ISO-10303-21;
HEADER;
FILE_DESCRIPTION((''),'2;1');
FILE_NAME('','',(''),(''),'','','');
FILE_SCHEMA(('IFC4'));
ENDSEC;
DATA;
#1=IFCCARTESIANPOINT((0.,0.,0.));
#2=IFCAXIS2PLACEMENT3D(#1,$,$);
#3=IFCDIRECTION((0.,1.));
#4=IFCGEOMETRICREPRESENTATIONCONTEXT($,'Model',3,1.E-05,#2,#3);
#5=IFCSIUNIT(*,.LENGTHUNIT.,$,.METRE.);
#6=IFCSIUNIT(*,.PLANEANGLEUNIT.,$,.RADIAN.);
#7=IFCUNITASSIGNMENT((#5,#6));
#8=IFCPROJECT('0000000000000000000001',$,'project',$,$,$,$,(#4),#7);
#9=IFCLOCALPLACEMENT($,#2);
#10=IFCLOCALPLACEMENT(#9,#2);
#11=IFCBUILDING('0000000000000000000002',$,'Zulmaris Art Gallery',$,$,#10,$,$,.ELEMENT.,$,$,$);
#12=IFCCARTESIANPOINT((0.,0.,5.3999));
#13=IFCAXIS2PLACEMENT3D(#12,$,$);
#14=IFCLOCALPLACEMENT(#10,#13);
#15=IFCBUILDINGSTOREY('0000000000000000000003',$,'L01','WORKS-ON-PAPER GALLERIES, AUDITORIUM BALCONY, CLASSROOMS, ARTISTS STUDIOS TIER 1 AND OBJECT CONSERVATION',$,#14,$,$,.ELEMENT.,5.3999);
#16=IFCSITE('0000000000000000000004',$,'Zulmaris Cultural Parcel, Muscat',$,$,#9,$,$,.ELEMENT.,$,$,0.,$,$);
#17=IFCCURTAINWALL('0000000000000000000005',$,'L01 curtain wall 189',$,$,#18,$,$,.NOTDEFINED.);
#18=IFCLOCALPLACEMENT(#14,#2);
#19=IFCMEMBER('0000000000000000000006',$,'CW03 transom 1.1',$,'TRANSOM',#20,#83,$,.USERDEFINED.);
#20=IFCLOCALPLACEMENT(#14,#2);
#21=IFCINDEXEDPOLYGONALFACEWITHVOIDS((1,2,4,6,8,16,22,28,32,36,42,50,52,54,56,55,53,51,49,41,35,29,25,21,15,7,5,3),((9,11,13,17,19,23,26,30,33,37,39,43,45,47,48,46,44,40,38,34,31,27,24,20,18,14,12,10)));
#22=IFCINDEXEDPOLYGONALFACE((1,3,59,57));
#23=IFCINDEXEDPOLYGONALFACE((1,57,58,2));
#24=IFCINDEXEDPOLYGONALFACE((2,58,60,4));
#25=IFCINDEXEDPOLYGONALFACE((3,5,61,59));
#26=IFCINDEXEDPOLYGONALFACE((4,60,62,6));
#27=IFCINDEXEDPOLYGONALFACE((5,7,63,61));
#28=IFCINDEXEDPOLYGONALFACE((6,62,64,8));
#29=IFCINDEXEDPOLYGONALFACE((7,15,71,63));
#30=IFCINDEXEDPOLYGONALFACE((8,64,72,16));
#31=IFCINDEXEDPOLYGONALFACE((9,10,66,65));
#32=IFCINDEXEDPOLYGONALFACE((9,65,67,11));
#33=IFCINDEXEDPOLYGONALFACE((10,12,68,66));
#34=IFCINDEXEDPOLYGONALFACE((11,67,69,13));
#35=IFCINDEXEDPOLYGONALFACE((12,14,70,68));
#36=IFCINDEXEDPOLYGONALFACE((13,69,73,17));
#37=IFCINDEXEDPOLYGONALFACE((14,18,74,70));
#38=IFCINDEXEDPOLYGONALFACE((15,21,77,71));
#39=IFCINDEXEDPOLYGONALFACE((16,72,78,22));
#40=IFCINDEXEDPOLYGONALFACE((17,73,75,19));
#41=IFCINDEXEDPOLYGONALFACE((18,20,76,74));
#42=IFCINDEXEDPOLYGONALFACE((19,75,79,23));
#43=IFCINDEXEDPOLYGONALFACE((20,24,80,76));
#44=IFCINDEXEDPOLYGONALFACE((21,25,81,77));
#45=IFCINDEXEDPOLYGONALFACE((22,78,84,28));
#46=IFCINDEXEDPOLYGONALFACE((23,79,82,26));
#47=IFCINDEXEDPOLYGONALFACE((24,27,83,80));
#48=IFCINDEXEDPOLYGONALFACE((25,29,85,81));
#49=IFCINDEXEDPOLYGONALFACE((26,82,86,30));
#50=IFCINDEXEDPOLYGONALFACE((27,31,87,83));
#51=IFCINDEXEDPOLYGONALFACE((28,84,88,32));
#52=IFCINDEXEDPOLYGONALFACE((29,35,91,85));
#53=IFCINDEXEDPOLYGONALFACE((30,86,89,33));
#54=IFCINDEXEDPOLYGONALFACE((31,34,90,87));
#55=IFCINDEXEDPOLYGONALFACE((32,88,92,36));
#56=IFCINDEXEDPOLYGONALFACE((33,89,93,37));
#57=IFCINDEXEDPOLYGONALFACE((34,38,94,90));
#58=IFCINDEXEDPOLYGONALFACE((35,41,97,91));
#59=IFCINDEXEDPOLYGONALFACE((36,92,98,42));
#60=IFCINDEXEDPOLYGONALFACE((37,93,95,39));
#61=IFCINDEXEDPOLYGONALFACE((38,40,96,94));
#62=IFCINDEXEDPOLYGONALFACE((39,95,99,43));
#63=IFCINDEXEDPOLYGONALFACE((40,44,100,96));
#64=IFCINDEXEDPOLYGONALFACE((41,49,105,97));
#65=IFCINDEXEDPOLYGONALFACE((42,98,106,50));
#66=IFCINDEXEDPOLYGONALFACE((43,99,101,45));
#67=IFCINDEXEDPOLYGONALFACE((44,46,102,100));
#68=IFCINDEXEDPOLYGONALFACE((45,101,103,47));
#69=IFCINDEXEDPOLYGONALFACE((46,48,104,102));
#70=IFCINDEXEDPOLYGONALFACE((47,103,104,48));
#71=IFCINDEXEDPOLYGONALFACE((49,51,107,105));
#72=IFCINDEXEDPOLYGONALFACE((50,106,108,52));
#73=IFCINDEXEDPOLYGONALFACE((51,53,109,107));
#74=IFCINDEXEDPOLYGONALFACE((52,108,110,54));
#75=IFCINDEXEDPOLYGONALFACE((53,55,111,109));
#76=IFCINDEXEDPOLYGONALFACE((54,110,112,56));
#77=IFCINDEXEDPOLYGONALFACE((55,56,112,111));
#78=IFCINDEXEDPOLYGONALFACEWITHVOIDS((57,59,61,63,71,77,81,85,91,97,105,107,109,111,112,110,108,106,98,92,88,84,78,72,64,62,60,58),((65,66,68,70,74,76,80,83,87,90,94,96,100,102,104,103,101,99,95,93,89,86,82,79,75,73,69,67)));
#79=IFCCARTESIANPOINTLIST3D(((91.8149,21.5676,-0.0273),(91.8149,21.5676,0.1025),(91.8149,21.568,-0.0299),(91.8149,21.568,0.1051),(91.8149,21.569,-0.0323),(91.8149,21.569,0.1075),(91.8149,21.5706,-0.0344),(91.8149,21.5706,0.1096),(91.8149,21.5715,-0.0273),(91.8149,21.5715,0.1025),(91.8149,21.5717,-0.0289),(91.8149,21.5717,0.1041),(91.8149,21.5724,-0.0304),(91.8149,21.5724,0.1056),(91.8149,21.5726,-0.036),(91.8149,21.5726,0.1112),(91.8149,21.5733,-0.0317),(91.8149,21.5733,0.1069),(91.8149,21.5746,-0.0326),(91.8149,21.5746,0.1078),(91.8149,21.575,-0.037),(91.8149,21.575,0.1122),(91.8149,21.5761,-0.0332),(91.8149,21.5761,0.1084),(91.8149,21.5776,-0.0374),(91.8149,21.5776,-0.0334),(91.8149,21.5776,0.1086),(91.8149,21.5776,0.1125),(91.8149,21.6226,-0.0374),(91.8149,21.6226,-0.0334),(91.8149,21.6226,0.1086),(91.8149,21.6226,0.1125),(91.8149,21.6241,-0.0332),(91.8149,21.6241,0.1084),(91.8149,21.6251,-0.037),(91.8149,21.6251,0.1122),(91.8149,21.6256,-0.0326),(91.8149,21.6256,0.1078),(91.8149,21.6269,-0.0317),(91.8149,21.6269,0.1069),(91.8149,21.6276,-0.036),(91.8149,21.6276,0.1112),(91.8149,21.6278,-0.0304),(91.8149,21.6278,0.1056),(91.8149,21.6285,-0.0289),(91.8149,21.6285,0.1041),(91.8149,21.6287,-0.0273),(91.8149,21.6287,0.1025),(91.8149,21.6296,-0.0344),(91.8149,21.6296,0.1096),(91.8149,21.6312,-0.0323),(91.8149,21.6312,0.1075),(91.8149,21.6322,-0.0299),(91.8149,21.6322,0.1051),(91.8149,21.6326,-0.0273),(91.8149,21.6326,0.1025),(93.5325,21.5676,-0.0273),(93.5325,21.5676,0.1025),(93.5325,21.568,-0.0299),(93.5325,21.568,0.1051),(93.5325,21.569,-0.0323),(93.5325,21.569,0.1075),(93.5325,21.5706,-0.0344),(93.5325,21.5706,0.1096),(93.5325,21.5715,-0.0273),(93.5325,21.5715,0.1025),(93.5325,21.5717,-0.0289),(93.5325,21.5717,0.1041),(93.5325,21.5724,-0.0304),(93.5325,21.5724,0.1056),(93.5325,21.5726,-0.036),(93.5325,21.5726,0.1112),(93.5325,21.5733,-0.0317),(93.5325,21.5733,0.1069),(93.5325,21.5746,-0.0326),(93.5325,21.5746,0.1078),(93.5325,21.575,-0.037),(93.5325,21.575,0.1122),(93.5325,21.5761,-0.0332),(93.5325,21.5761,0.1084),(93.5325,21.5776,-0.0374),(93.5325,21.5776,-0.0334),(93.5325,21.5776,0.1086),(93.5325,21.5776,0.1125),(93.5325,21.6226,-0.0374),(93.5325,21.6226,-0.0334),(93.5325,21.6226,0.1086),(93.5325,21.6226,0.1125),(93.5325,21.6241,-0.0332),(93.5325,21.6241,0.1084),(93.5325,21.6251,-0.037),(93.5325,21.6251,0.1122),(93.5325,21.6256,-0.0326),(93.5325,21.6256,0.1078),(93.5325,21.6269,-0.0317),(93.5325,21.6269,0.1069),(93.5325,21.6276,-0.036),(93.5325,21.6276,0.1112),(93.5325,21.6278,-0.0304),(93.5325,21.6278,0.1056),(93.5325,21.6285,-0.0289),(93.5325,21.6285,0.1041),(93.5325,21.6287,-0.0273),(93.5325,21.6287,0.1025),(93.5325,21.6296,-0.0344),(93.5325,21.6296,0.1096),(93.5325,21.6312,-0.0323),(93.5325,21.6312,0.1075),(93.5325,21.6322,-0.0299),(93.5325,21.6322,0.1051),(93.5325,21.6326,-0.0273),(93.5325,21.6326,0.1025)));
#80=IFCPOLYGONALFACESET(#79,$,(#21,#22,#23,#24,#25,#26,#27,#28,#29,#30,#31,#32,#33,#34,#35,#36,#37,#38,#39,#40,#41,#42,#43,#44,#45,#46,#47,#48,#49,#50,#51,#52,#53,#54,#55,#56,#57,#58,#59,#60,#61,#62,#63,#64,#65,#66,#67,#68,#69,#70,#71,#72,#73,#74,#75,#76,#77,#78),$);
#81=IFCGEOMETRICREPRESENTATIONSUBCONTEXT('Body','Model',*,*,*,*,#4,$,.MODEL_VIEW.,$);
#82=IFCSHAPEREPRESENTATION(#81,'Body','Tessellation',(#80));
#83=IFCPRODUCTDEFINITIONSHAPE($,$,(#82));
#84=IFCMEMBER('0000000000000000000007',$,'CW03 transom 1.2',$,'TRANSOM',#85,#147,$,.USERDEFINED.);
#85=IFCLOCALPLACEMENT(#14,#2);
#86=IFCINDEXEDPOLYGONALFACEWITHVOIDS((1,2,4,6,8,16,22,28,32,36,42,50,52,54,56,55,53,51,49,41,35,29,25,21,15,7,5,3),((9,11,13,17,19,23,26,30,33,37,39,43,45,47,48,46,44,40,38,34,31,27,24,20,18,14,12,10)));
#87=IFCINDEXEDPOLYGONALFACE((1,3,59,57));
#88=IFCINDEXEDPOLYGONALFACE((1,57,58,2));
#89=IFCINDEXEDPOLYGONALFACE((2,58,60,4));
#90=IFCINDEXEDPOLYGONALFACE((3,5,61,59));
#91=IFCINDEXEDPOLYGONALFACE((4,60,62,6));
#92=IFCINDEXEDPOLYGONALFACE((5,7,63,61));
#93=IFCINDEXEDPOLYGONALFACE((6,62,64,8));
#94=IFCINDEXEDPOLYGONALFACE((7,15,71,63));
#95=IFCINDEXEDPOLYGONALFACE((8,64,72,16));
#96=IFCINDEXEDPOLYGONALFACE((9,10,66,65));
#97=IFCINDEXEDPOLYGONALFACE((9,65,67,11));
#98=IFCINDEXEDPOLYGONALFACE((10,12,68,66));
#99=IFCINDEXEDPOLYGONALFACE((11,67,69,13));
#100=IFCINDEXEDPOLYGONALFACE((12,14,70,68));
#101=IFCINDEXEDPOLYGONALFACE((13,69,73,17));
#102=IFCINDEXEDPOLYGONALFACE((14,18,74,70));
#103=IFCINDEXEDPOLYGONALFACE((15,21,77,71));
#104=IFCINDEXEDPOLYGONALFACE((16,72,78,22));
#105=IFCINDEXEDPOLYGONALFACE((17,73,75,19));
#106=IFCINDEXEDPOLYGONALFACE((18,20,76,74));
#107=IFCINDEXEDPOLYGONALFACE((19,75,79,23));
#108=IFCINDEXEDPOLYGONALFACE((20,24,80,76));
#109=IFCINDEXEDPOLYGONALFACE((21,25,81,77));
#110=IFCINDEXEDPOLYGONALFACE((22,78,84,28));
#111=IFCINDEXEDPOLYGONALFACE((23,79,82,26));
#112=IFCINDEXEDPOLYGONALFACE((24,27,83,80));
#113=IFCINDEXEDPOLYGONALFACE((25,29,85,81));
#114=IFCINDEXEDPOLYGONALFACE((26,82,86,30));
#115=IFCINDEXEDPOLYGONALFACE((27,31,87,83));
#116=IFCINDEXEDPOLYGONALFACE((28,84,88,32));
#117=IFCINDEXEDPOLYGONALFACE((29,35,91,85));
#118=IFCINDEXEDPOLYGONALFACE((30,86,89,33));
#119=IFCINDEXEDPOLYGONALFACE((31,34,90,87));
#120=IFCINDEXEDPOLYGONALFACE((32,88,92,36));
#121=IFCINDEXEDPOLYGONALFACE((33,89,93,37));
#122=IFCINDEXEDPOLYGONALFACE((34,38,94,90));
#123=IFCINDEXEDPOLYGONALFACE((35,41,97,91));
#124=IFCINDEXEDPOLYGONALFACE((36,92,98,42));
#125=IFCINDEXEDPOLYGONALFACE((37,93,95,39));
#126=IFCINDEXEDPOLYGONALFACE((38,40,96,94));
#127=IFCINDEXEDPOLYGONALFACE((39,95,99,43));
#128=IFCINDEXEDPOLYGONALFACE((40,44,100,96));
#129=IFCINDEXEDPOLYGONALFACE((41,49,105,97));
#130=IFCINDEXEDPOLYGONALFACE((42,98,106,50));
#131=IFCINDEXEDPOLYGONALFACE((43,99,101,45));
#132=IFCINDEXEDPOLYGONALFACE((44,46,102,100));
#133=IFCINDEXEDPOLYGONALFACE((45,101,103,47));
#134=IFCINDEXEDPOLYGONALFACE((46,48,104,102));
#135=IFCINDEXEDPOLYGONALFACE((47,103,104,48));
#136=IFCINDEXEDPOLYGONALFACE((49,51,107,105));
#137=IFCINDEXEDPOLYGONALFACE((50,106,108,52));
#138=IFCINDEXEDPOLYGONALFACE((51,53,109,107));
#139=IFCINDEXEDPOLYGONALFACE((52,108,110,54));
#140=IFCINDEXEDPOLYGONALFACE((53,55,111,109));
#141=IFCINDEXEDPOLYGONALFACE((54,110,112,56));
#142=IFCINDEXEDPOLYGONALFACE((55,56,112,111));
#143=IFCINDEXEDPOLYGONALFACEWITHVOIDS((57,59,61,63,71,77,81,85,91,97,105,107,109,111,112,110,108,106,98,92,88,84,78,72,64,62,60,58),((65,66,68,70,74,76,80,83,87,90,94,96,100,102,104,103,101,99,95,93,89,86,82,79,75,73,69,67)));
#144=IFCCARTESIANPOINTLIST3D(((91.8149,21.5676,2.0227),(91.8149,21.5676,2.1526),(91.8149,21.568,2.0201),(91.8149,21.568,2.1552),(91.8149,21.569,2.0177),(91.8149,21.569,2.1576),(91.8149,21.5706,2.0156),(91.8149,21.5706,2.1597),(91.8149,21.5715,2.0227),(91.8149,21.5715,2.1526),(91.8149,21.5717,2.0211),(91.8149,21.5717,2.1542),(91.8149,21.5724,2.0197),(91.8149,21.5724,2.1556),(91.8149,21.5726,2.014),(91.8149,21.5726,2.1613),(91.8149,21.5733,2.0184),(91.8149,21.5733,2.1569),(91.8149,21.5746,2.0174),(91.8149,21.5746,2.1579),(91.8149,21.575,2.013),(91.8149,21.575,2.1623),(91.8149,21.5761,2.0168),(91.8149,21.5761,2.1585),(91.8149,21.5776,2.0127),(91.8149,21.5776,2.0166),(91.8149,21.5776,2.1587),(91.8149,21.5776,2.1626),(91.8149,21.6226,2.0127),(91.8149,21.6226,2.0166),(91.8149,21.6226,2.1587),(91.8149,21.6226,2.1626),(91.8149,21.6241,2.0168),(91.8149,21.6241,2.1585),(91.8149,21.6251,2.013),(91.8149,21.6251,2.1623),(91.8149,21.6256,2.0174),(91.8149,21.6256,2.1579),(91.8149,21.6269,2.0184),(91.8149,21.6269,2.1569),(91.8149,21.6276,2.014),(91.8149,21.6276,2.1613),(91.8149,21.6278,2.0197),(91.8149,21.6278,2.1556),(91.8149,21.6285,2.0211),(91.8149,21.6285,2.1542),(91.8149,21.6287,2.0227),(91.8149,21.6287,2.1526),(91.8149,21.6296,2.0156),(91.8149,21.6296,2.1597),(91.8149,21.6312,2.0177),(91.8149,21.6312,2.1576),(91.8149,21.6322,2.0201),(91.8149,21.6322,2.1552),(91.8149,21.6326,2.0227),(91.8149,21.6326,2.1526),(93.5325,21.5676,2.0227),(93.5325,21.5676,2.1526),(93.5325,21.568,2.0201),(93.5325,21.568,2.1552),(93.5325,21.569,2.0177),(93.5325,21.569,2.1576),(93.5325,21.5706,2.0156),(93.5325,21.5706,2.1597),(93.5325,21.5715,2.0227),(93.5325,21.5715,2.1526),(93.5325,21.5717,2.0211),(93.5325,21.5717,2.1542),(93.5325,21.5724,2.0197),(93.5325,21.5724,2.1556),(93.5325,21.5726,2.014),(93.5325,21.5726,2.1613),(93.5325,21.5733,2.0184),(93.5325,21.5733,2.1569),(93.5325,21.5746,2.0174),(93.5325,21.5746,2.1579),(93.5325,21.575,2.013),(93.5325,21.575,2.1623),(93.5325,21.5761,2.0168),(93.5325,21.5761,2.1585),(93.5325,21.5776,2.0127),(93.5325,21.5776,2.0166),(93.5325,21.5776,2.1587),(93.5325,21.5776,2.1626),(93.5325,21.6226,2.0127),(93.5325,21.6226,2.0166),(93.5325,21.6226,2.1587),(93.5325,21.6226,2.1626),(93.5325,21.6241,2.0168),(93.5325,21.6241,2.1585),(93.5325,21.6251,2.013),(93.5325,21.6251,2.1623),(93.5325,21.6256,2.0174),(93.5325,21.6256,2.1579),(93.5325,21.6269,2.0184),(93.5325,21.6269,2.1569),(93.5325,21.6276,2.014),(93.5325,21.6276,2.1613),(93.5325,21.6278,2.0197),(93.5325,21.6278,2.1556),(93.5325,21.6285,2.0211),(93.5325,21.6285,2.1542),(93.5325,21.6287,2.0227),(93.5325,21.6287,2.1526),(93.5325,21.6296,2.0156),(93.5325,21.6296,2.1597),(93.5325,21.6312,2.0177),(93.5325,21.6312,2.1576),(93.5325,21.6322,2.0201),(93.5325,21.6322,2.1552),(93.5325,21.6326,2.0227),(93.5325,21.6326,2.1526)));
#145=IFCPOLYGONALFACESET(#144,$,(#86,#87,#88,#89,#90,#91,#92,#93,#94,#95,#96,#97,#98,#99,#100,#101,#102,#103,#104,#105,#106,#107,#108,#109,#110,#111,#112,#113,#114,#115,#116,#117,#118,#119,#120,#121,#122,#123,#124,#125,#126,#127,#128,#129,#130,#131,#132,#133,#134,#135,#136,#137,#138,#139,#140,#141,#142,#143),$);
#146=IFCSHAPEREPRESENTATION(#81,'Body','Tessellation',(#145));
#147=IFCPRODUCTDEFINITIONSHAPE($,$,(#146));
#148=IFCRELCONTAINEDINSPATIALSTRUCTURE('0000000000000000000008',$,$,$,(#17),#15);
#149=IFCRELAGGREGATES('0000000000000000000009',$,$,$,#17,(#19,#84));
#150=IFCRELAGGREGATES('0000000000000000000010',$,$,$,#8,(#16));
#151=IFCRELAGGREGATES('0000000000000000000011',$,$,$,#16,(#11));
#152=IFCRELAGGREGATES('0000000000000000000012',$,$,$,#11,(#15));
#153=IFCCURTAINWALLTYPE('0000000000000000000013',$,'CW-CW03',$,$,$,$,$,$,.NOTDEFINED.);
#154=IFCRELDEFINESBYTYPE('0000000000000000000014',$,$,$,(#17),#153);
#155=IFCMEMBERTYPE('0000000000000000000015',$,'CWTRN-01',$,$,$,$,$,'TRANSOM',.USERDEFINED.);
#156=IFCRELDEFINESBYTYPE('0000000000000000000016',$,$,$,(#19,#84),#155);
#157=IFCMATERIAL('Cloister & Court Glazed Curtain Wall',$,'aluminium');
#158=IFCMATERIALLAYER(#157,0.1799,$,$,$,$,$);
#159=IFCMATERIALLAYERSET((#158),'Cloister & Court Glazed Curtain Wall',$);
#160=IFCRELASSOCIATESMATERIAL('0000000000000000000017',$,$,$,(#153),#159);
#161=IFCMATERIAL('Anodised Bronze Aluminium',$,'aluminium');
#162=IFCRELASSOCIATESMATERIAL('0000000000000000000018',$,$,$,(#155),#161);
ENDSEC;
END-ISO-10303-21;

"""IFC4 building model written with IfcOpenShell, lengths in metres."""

from ifc_helpers import new_model, si_unit, direction, frame, origin, origin_2d, place, context, subcontext, project, spatial, hollow_rectangle, extrude, material, layer, layer_set, material_profile, profile_set, type_object, element, aggregate, save


model = new_model("IFC4")

# Units and contexts
model_context = context("Model", 3, precision=1e-05, world=origin(), true_north=direction((0.0, 1.0)))
body_context = subcontext(model_context, "Body", "Model", "MODEL_VIEW")
ifc_project = project(units=[si_unit("LENGTHUNIT", "METRE"), si_unit("PLANEANGLEUNIT", "RADIAN")], contexts=[model_context])

# Site, building, storey
site_placement = place(None, origin())
site = spatial("IfcSite", under=ifc_project, at=site_placement, Name="Zulmaris Cultural Parcel, Muscat", CompositionType="ELEMENT", RefElevation=0.0)
building_placement = place(site_placement, origin())
building = spatial("IfcBuilding", under=site, at=building_placement, Name="Zulmaris Art Gallery", CompositionType="ELEMENT")
storey_placement = place(building_placement, frame((0.0, 0.0, 5.3999)))
storey = spatial("IfcBuildingStorey", under=building, at=storey_placement, Name="L01", Description="WORKS-ON-PAPER GALLERIES, AUDITORIUM BALCONY, CLASSROOMS, ARTISTS STUDIOS TIER 1 AND OBJECT CONSERVATION", CompositionType="ELEMENT", Elevation=5.3999)

# Curtain wall, members
ifc_material_1 = material(Name="Cloister & Court Glazed Curtain Wall", Category="aluminium")
ifc_layer_1 = layer(ifc_material_1, 0.1799)
ifc_layer_set_1 = layer_set([ifc_layer_1], Name="Cloister & Court Glazed Curtain Wall")
curtain_wall_type = type_object("IfcCurtainWallType", Name="CW-CW03", PredefinedType="NOTDEFINED", material=ifc_layer_set_1)
curtain_wall_placement = place(storey_placement, origin())
curtain_wall = element("IfcCurtainWall", 1, at=curtain_wall_placement, inside=storey, type_object=curtain_wall_type, Name="L01 curtain wall 189", PredefinedType="NOTDEFINED")
ifc_material_2 = material(Name="Anodised Bronze Aluminium", Category="aluminium")
ifc_material_profile_1 = material_profile(ifc_material_2, hollow_rectangle(XDim=0.0649, YDim=0.1499, WallThickness=0.0039, InnerFilletRadius=0.0061, OuterFilletRadius=0.01, at=origin_2d()), Name="ALU 65x150x4")
ifc_profile_set_1 = profile_set([ifc_material_profile_1], Name="Anodised Bronze Aluminium")
member_type_1 = type_object("IfcMemberType", Name="CWTRN-01", ElementType="TRANSOM", PredefinedType="USERDEFINED", material=ifc_profile_set_1)
member_1_placement = place(storey_placement, frame((91.8149, 21.6001, 0.0376), z_axis=(1.0, 0.0, 0.0), x_axis=(0.0, 1.0, 0.0)))
member_1 = element("IfcMember", 2, at=member_1_placement, type_object=member_type_1, Name="CW03 transom 1.1", ObjectType="TRANSOM", PredefinedType="USERDEFINED", context=body_context, shape_type="SweptSolid", body=[
    extrude(hollow_rectangle(XDim=0.0649, YDim=0.1499, WallThickness=0.0039, InnerFilletRadius=0.0061, OuterFilletRadius=0.01, at=origin_2d()), origin(), (0.0, 0.0, 1.0), 1.7175),
])
member_2_placement = place(storey_placement, frame((91.8149, 21.6001, 2.0876), z_axis=(1.0, 0.0, 0.0), x_axis=(0.0, 1.0, 0.0)))
member_2 = element("IfcMember", 3, at=member_2_placement, type_object=member_type_1, Name="CW03 transom 1.2", ObjectType="TRANSOM", PredefinedType="USERDEFINED", context=body_context, shape_type="SweptSolid", body=[
    extrude(hollow_rectangle(XDim=0.0649, YDim=0.1499, WallThickness=0.0039, InnerFilletRadius=0.0061, OuterFilletRadius=0.01, at=origin_2d()), origin(), (0.0, 0.0, 1.0), 1.7175),
])
aggregate(curtain_wall, [member_1, member_2])

save(model, "model.ifc")
